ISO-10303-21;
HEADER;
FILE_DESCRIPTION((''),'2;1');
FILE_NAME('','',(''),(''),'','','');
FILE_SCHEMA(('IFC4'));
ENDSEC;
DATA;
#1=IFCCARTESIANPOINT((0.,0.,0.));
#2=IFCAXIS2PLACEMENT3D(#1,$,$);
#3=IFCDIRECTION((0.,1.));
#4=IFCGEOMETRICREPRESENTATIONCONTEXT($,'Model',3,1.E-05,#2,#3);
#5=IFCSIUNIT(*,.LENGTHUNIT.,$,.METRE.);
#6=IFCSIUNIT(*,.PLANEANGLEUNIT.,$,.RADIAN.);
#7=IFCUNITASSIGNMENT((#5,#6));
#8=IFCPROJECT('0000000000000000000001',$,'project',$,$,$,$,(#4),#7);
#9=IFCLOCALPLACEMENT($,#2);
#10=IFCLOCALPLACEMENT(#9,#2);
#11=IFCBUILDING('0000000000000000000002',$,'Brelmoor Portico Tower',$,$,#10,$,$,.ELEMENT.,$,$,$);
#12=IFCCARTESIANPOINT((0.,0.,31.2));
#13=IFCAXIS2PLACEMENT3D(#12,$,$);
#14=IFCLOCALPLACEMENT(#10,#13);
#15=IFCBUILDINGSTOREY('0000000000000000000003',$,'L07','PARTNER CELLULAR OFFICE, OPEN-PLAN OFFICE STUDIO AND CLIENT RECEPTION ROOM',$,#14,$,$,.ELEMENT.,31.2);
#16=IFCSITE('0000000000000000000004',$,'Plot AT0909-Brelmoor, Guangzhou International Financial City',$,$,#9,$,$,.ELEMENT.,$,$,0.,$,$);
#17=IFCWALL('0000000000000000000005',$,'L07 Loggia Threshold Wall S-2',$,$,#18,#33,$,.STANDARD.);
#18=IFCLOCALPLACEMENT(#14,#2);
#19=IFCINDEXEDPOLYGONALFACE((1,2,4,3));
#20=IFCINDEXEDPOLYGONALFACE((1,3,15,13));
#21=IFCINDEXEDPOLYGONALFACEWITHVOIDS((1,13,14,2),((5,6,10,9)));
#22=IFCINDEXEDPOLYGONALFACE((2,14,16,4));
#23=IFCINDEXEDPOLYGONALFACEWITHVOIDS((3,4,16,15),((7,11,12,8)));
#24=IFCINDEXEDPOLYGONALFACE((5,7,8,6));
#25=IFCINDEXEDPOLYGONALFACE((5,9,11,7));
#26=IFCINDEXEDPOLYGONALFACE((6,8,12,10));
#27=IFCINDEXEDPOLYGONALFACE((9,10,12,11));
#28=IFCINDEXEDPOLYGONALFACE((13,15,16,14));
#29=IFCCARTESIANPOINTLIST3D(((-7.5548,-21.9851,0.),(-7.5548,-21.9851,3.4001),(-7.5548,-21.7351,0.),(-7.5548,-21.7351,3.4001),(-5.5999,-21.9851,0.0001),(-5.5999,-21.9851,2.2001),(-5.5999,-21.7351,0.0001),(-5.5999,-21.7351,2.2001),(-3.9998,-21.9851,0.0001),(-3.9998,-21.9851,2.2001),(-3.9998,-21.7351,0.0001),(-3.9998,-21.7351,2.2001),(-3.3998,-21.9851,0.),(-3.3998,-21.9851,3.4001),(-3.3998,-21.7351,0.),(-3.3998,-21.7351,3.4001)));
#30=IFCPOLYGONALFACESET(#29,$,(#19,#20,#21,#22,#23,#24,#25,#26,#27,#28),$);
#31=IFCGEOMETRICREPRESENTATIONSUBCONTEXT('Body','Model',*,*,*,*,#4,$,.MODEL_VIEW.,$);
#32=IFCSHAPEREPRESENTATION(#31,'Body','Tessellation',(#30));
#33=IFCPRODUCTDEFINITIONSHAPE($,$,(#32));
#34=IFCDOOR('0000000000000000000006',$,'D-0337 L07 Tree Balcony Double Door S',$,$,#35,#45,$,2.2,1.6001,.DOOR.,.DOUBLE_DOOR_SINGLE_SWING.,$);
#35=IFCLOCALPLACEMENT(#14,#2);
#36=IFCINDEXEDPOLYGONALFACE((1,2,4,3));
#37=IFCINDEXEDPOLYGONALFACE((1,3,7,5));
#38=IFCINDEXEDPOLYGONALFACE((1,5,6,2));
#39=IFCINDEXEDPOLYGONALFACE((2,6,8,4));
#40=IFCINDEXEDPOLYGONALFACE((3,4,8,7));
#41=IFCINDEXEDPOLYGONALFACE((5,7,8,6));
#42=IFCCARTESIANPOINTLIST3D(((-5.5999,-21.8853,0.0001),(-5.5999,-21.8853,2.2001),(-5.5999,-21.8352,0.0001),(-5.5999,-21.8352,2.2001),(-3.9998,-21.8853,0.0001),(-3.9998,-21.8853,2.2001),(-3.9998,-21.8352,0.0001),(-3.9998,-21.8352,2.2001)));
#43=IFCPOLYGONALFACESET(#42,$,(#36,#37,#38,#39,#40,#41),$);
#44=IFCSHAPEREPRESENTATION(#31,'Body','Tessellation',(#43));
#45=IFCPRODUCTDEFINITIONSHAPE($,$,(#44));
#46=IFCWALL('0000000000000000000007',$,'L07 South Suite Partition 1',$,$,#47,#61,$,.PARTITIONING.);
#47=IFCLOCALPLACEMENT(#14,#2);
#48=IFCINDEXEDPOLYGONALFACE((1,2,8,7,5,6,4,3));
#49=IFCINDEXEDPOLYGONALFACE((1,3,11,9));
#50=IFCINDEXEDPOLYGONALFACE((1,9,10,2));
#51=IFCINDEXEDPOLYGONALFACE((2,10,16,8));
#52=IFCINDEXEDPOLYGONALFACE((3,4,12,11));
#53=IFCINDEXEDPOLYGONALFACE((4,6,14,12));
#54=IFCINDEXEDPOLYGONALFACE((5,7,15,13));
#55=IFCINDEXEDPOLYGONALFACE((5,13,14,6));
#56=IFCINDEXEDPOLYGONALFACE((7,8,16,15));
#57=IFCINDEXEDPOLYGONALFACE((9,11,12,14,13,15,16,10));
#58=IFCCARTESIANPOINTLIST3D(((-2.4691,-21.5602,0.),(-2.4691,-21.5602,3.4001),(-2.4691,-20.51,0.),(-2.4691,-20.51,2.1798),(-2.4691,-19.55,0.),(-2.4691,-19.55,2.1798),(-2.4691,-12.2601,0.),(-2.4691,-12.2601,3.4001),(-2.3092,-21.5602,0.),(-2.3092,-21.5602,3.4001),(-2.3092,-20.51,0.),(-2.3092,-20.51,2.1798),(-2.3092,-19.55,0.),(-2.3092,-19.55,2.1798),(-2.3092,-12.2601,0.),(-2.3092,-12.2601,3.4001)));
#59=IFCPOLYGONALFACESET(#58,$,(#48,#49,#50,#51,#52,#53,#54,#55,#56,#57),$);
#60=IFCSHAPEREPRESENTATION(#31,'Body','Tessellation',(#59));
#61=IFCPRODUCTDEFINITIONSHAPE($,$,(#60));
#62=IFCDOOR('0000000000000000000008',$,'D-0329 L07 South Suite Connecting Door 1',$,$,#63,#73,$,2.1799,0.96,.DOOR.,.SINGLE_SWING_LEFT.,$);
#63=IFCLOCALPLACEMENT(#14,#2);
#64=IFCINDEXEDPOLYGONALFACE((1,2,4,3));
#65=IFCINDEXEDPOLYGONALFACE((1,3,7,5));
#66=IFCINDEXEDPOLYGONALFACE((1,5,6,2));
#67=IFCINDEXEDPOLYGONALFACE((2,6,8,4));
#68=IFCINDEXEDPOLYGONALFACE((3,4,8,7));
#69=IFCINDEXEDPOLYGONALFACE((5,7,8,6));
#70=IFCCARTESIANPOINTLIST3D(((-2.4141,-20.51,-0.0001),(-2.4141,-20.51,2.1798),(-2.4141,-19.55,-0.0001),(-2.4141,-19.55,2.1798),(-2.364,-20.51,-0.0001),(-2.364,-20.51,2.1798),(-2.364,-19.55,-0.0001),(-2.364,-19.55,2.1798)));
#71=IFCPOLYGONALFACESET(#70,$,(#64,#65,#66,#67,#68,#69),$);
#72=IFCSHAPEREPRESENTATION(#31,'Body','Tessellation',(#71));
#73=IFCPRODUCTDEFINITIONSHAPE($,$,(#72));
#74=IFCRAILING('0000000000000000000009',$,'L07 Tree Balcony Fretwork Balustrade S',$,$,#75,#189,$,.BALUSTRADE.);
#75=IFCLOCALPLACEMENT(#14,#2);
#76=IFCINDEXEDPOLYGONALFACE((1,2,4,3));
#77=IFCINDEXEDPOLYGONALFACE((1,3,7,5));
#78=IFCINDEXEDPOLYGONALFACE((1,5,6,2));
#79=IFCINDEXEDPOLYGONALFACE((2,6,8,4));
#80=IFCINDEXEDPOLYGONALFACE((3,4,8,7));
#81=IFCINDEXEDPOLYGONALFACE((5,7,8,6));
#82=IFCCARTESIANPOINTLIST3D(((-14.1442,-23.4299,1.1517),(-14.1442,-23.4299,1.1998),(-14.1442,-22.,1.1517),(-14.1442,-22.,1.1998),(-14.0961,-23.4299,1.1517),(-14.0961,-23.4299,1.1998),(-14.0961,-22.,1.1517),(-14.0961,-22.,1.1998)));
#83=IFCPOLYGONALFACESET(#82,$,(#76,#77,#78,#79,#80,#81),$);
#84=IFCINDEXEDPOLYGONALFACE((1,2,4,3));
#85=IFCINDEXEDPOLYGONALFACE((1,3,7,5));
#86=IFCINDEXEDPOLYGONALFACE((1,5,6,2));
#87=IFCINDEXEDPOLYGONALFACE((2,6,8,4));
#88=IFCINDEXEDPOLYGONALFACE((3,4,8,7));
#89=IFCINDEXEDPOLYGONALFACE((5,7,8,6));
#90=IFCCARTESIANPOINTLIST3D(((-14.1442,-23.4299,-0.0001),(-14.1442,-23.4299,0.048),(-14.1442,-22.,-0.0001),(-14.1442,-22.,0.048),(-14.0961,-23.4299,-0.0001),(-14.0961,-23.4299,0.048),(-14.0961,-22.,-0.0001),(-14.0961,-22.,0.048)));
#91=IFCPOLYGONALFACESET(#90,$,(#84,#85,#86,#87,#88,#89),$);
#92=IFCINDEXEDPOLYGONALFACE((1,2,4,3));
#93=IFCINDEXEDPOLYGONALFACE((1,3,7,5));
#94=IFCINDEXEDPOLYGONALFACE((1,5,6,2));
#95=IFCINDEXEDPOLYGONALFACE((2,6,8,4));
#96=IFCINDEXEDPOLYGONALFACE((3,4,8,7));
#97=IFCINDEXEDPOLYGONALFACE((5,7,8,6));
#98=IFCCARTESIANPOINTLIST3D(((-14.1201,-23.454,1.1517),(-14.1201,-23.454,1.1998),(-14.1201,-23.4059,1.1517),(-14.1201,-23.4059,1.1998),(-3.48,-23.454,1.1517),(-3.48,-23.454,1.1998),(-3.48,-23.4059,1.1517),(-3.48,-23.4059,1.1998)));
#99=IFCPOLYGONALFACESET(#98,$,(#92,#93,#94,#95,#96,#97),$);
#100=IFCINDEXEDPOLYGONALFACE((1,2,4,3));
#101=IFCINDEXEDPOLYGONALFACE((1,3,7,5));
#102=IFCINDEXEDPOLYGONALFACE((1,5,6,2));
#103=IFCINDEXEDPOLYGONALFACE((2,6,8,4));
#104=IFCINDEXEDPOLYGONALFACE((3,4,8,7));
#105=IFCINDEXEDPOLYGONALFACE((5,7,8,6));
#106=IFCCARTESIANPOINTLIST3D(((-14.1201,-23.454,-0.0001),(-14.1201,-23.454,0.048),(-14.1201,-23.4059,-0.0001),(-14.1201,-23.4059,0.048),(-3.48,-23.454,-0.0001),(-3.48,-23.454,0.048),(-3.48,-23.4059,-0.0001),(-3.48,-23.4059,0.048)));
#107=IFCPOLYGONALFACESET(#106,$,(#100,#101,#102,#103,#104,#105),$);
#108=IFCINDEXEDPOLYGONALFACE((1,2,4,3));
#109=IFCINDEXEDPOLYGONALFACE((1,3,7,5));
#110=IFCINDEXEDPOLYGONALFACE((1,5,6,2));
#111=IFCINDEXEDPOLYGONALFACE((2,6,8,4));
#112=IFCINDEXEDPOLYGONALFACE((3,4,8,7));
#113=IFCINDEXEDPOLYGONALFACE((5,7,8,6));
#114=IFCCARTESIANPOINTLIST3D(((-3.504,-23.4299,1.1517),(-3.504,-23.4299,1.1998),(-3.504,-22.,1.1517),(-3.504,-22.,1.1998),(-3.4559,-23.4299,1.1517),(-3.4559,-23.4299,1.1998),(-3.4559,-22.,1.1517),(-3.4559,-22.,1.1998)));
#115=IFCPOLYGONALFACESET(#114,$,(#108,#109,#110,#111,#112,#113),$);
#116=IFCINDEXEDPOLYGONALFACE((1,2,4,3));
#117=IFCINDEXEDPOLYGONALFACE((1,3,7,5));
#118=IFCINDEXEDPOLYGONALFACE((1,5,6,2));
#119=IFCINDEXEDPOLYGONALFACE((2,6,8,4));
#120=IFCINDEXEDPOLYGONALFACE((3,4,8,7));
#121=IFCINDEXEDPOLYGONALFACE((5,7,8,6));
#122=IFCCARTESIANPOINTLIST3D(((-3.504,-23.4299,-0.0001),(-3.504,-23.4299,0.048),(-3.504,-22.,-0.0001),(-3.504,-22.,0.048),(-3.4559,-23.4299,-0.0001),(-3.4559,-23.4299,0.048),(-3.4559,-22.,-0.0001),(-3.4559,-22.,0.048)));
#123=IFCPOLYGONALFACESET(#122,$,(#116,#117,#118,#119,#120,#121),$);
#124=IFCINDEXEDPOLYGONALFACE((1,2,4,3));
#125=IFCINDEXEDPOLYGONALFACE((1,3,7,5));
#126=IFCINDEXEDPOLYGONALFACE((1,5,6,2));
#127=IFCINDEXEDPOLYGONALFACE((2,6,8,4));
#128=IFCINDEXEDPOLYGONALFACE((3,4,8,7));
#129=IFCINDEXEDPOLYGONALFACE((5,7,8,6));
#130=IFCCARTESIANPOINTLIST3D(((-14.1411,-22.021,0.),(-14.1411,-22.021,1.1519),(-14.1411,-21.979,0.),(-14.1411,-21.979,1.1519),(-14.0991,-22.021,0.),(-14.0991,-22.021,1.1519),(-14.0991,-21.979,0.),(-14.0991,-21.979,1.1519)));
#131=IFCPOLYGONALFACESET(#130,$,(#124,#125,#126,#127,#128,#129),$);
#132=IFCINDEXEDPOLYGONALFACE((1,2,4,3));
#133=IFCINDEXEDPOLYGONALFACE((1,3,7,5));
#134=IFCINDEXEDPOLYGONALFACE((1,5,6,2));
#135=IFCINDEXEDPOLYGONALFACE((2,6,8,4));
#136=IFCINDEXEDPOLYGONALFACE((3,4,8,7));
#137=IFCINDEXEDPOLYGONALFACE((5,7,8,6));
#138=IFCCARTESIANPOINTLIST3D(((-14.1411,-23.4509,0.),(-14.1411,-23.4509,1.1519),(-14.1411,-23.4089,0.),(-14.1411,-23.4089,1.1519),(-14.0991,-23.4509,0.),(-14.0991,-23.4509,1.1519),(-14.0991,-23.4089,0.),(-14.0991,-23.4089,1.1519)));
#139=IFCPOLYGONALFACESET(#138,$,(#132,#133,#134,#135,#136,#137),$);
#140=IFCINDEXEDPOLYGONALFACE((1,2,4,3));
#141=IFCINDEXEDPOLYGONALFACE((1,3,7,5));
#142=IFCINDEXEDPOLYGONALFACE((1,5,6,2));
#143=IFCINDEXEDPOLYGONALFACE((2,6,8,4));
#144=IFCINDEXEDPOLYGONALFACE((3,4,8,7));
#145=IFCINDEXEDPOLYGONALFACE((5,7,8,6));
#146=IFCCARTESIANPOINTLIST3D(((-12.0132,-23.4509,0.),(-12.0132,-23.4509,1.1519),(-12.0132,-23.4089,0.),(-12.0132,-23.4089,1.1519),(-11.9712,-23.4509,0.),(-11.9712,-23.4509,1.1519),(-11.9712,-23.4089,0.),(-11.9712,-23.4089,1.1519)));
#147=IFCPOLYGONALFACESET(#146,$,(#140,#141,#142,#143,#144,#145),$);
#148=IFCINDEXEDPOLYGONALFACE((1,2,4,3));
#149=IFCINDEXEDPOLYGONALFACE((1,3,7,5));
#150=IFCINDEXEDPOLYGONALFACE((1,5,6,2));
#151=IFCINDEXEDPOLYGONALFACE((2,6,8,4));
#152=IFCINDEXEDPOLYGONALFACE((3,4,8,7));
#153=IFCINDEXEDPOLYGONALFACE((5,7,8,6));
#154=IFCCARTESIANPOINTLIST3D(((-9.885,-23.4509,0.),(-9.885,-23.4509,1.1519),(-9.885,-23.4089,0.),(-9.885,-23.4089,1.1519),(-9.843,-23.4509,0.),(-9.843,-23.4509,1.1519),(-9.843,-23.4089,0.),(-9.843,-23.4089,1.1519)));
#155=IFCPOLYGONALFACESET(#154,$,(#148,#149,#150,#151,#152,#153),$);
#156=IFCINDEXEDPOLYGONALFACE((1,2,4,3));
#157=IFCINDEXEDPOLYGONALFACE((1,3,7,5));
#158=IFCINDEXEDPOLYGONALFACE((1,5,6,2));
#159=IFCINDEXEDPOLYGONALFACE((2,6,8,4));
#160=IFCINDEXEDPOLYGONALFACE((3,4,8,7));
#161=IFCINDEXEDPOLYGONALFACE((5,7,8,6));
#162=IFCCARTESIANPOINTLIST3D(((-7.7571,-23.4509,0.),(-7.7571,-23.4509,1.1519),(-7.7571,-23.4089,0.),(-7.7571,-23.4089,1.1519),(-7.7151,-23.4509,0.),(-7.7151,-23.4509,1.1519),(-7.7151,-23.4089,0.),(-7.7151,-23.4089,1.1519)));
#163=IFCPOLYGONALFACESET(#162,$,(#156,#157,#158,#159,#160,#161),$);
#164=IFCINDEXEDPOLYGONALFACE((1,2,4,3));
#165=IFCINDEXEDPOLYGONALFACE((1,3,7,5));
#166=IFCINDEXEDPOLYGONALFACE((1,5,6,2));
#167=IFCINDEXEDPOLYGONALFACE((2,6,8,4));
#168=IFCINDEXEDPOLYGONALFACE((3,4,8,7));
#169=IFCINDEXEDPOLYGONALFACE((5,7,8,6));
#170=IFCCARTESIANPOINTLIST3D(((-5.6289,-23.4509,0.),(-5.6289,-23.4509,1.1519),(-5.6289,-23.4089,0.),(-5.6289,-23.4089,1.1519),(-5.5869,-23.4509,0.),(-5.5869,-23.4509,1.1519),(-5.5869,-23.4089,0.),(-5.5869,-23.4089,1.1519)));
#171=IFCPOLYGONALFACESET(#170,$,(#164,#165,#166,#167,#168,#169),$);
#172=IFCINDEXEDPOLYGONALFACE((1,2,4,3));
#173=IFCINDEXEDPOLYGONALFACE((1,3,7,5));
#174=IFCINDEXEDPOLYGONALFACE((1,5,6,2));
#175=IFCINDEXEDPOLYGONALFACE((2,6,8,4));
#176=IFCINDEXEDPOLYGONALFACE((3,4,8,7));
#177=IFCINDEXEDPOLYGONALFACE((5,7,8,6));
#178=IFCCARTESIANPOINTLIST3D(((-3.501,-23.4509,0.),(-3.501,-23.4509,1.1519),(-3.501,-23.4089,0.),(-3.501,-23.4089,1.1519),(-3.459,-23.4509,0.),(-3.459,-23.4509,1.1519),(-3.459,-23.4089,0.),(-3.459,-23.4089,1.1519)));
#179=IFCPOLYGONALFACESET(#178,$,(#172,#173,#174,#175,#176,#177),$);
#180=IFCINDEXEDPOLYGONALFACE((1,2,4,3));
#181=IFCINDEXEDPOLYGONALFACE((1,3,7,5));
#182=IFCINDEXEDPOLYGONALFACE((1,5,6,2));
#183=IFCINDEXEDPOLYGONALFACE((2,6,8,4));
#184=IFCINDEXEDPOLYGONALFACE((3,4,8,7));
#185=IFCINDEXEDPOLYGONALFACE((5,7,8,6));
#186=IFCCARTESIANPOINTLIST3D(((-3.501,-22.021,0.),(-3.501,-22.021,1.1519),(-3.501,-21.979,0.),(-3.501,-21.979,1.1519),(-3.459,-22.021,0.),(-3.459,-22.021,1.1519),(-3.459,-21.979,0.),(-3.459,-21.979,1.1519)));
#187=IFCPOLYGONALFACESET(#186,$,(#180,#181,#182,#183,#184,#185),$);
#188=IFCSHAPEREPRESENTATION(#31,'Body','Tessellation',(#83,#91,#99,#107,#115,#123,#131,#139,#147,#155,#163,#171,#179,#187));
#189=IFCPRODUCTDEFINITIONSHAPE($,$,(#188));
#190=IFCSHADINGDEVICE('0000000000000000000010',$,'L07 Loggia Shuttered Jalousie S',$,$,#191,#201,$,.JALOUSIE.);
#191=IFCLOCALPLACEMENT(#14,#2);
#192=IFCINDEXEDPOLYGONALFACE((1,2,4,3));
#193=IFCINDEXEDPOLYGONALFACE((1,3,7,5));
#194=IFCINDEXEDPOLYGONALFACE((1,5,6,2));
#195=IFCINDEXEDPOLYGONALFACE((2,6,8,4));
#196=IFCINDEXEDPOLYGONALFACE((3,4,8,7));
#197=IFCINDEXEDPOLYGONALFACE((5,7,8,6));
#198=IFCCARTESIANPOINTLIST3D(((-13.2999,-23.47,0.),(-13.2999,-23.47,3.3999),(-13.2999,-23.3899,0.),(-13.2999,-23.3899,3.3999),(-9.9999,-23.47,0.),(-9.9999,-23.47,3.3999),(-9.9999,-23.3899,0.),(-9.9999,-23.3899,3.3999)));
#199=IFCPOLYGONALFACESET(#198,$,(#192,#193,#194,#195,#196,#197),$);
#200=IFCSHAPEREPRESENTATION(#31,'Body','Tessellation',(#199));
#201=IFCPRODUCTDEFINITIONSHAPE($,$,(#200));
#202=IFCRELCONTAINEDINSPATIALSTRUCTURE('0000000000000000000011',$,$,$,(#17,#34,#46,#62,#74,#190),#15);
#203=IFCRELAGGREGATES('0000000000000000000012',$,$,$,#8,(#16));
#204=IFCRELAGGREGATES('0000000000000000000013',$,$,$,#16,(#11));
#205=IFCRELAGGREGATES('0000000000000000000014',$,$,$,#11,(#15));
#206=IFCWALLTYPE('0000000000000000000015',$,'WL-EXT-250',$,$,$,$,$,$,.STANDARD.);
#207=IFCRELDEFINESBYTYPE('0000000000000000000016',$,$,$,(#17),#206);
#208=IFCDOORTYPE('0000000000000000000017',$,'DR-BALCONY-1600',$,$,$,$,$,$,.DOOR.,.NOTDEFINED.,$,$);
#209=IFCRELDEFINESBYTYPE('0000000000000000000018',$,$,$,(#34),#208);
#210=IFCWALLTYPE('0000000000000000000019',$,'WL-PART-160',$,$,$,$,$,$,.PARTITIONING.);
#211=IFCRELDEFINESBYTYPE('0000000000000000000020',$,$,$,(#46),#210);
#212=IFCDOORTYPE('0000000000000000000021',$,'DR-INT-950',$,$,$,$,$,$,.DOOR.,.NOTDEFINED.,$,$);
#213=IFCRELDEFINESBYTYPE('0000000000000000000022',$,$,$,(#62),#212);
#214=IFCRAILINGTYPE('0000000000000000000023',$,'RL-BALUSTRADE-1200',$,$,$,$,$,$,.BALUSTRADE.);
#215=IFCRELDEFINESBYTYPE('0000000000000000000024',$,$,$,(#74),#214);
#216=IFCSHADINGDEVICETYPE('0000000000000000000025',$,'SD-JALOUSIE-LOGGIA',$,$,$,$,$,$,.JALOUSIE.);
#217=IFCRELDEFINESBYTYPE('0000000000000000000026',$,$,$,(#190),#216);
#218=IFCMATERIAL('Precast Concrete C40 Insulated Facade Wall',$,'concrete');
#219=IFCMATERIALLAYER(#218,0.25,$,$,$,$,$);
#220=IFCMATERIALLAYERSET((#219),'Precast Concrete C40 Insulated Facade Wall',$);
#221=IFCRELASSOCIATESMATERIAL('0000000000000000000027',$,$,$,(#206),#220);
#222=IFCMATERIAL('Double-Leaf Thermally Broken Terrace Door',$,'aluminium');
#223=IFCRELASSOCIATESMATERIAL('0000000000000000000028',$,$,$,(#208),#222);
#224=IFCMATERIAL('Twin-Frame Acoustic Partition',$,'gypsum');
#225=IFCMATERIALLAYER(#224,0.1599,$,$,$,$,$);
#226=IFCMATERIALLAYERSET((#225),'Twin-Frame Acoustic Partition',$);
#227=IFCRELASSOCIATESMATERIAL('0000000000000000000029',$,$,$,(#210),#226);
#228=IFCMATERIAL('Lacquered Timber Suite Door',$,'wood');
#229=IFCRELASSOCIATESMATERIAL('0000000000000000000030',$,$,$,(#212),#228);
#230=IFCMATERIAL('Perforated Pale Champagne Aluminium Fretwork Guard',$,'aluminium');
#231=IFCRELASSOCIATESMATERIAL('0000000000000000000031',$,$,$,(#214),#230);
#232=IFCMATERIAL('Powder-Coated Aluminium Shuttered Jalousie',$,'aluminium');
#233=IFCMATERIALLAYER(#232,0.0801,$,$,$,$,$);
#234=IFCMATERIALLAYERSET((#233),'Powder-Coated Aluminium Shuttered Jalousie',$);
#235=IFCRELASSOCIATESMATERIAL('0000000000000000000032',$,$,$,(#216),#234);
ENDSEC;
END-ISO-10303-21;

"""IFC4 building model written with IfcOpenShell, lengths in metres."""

from ifc_helpers import new_model, si_unit, direction, frame, frame_2d, origin, origin_2d, place, context, subcontext, project, spatial, rectangle, extrude, material, layer, layer_set, type_object, element, fill, save


model = new_model("IFC4")

# Units and contexts
model_context = context("Model", 3, precision=1e-05, world=origin(), true_north=direction((0.0, 1.0)))
body_context = subcontext(model_context, "Body", "Model", "MODEL_VIEW")
ifc_project = project(units=[si_unit("LENGTHUNIT", "METRE"), si_unit("PLANEANGLEUNIT", "RADIAN")], contexts=[model_context])

# Site, building, storey
site_placement = place(None, origin())
site = spatial("IfcSite", under=ifc_project, at=site_placement, Name="Plot AT0909-Brelmoor, Guangzhou International Financial City", CompositionType="ELEMENT", RefElevation=0.0)
building_placement = place(site_placement, origin())
building = spatial("IfcBuilding", under=site, at=building_placement, Name="Brelmoor Portico Tower", CompositionType="ELEMENT")
storey_placement = place(building_placement, frame((0.0, 0.0, 31.2)))
storey = spatial("IfcBuildingStorey", under=building, at=storey_placement, Name="L07", Description="PARTNER CELLULAR OFFICE, OPEN-PLAN OFFICE STUDIO AND CLIENT RECEPTION ROOM", CompositionType="ELEMENT", Elevation=31.2)

# Shared definitions
ifc_material_1 = material(Name="Precast Concrete C40 Insulated Facade Wall", Category="concrete")
ifc_layer_1 = layer(ifc_material_1, 0.25)
ifc_layer_set_1 = layer_set([ifc_layer_1], Name="Precast Concrete C40 Insulated Facade Wall")
wall_type_1 = type_object("IfcWallType", Name="WL-EXT-250", PredefinedType="STANDARD", material=ifc_layer_set_1)

# Walls, openings, doors
wall_1_placement = place(storey_placement, frame((-7.5549, -21.8601, 0.0), z_axis=(0.0, 0.0, 1.0), x_axis=(1.0, 0.0, 0.0)))
wall_1 = element("IfcWall", 1, at=wall_1_placement, inside=storey, type_object=wall_type_1, Name="L07 Loggia Threshold Wall S-2", PredefinedType="STANDARD", context=body_context, shape_type="SweptSolid", body=[
    extrude(rectangle(XDim=4.155, YDim=0.25, at=frame_2d((2.0776, 0.0))), origin(), (0.0, 0.0, 1.0), 3.4001),
])
opening_1_placement = place(wall_1_placement, frame((1.9551, 0.0, 0.0)))
opening_1 = element("IfcOpeningElement", 2, at=opening_1_placement, cuts=wall_1, PredefinedType="OPENING", context=body_context, shape_type="SweptSolid", body=[
    extrude(rectangle(XDim=1.6001, YDim=2.2, at=frame_2d((0.8, 1.1001))), frame((0.0, 0.135, 0.0), z_axis=(0.0, -1.0, 0.0), x_axis=(1.0, 0.0, 0.0)), (0.0, 0.0, 1.0), 0.27),
])
ifc_material_2 = material(Name="Double-Leaf Thermally Broken Terrace Door", Category="aluminium")
door_type_1 = type_object("IfcDoorType", Name="DR-BALCONY-1600", OperationType="NOTDEFINED", PredefinedType="DOOR", material=ifc_material_2)
door_1_placement = place(opening_1_placement, origin())
door_1 = element("IfcDoor", 3, at=door_1_placement, inside=storey, type_object=door_type_1, Name="D-0337 L07 Tree Balcony Double Door S", OperationType="DOUBLE_DOOR_SINGLE_SWING", OverallHeight=2.2, OverallWidth=1.6001, PredefinedType="DOOR", context=body_context, shape_type="SweptSolid", body=[
    extrude(rectangle(XDim=1.6001, YDim=2.2, at=frame_2d((0.8, 1.1001))), frame((0.0, 0.0249, 0.0), z_axis=(0.0, -1.0, 0.0), x_axis=(1.0, 0.0, 0.0)), (0.0, 0.0, 1.0), 0.05),
])
fill(opening_1, door_1)
ifc_material_3 = material(Name="Twin-Frame Acoustic Partition", Category="gypsum")
ifc_layer_2 = layer(ifc_material_3, 0.1599)
ifc_layer_set_2 = layer_set([ifc_layer_2], Name="Twin-Frame Acoustic Partition")
wall_type_2 = type_object("IfcWallType", Name="WL-PART-160", PredefinedType="PARTITIONING", material=ifc_layer_set_2)
wall_2_placement = place(storey_placement, frame((-2.3892, -21.5601, 0.0), z_axis=(0.0, 0.0, 1.0), x_axis=(0.0, 1.0, 0.0)))
wall_2 = element("IfcWall", 4, at=wall_2_placement, inside=storey, type_object=wall_type_2, Name="L07 South Suite Partition 1", PredefinedType="PARTITIONING", context=body_context, shape_type="SweptSolid", body=[
    extrude(rectangle(XDim=9.3, YDim=0.1599, at=frame_2d((4.6499, 0.0))), origin(), (0.0, 0.0, 1.0), 3.4001),
])
opening_2_placement = place(wall_2_placement, frame((1.05, 0.0, 0.0)))
opening_2 = element("IfcOpeningElement", 5, at=opening_2_placement, cuts=wall_2, PredefinedType="OPENING", context=body_context, shape_type="SweptSolid", body=[
    extrude(rectangle(XDim=0.96, YDim=2.1799, at=frame_2d((0.48, 1.0898))), frame((0.0, 0.0898, 0.0), z_axis=(0.0, -1.0, 0.0), x_axis=(1.0, 0.0, 0.0)), (0.0, 0.0, 1.0), 0.1799),
])
ifc_material_4 = material(Name="Lacquered Timber Suite Door", Category="wood")
door_type_2 = type_object("IfcDoorType", Name="DR-INT-950", OperationType="NOTDEFINED", PredefinedType="DOOR", material=ifc_material_4)
door_2_placement = place(opening_2_placement, origin())
door_2 = element("IfcDoor", 6, at=door_2_placement, inside=storey, type_object=door_type_2, Name="D-0329 L07 South Suite Connecting Door 1", OperationType="SINGLE_SWING_LEFT", OverallHeight=2.1799, OverallWidth=0.96, PredefinedType="DOOR", context=body_context, shape_type="SweptSolid", body=[
    extrude(rectangle(XDim=0.96, YDim=2.1799, at=frame_2d((0.48, 1.0898))), frame((0.0, 0.0249, 0.0), z_axis=(0.0, -1.0, 0.0), x_axis=(1.0, 0.0, 0.0)), (0.0, 0.0, 1.0), 0.05),
])
fill(opening_2, door_2)

# Railing
ifc_material_5 = material(Name="Perforated Pale Champagne Aluminium Fretwork Guard", Category="aluminium")
railing_type = type_object("IfcRailingType", Name="RL-BALUSTRADE-1200", PredefinedType="BALUSTRADE", material=ifc_material_5)
railing_placement = place(storey_placement, frame((-14.1201, -22.0, 0.0)))
element("IfcRailing", 7, at=railing_placement, inside=storey, type_object=railing_type, Name="L07 Tree Balcony Fretwork Balustrade S", PredefinedType="BALUSTRADE", context=body_context, shape_type="SweptSolid", body=[
    extrude(rectangle(XDim=0.0481, YDim=0.0481, at=origin_2d()), frame((0.0, 0.0, 1.1758), z_axis=(0.0, -1.0, 0.0), x_axis=(1.0, 0.0, 0.0)), (0.0, 0.0, 1.0), 1.4299),
    extrude(rectangle(XDim=0.0481, YDim=0.0481, at=origin_2d()), frame((0.0, 0.0, 0.0239), z_axis=(0.0, -1.0, 0.0), x_axis=(1.0, 0.0, 0.0)), (0.0, 0.0, 1.0), 1.4299),
    extrude(rectangle(XDim=0.0481, YDim=0.0481, at=origin_2d()), frame((0.0, -1.4299, 1.1758), z_axis=(1.0, 0.0, 0.0), x_axis=(0.0, 1.0, 0.0)), (0.0, 0.0, 1.0), 10.6401),
    extrude(rectangle(XDim=0.0481, YDim=0.0481, at=origin_2d()), frame((0.0, -1.4299, 0.0239), z_axis=(1.0, 0.0, 0.0), x_axis=(0.0, 1.0, 0.0)), (0.0, 0.0, 1.0), 10.6401),
    extrude(rectangle(XDim=0.0481, YDim=0.0481, at=origin_2d()), frame((10.6401, -1.4299, 1.1758), z_axis=(0.0, 1.0, 0.0), x_axis=(-1.0, 0.0, 0.0)), (0.0, 0.0, 1.0), 1.4299),
    extrude(rectangle(XDim=0.0481, YDim=0.0481, at=origin_2d()), frame((10.6401, -1.4299, 0.0239), z_axis=(0.0, 1.0, 0.0), x_axis=(-1.0, 0.0, 0.0)), (0.0, 0.0, 1.0), 1.4299),
    extrude(rectangle(XDim=0.042, YDim=0.042, at=origin_2d()), origin(), (0.0, 0.0, 1.0), 1.1519),
    extrude(rectangle(XDim=0.042, YDim=0.042, at=origin_2d()), frame((0.0, -1.4299, 0.0)), (0.0, 0.0, 1.0), 1.1519),
    extrude(rectangle(XDim=0.042, YDim=0.042, at=origin_2d()), frame((2.1279, -1.4299, 0.0)), (0.0, 0.0, 1.0), 1.1519),
    extrude(rectangle(XDim=0.042, YDim=0.042, at=origin_2d()), frame((4.2561, -1.4299, 0.0)), (0.0, 0.0, 1.0), 1.1519),
    extrude(rectangle(XDim=0.042, YDim=0.042, at=origin_2d()), frame((6.384, -1.4299, 0.0)), (0.0, 0.0, 1.0), 1.1519),
    extrude(rectangle(XDim=0.042, YDim=0.042, at=origin_2d()), frame((8.5122, -1.4299, 0.0)), (0.0, 0.0, 1.0), 1.1519),
    extrude(rectangle(XDim=0.042, YDim=0.042, at=origin_2d()), frame((10.6401, -1.4299, 0.0)), (0.0, 0.0, 1.0), 1.1519),
    extrude(rectangle(XDim=0.042, YDim=0.042, at=origin_2d()), frame((10.6401, 0.0, 0.0)), (0.0, 0.0, 1.0), 1.1519),
])

# Shading device
ifc_material_6 = material(Name="Powder-Coated Aluminium Shuttered Jalousie", Category="aluminium")
ifc_layer_3 = layer(ifc_material_6, 0.0801)
ifc_layer_set_3 = layer_set([ifc_layer_3], Name="Powder-Coated Aluminium Shuttered Jalousie")
shading_device_type = type_object("IfcShadingDeviceType", Name="SD-JALOUSIE-LOGGIA", PredefinedType="JALOUSIE", material=ifc_layer_set_3)
shading_device_placement = place(storey_placement, frame((-11.6499, -23.4299, 0.0), z_axis=(0.0, 0.0, 1.0), x_axis=(1.0, 0.0, 0.0)))
element("IfcShadingDevice", 8, at=shading_device_placement, inside=storey, type_object=shading_device_type, Name="L07 Loggia Shuttered Jalousie S", PredefinedType="JALOUSIE", context=body_context, shape_type="SweptSolid", body=[
    extrude(rectangle(XDim=3.3, YDim=0.0801, at=origin_2d()), origin(), (0.0, 0.0, 1.0), 3.3999),
])

save(model, "model.ifc")
